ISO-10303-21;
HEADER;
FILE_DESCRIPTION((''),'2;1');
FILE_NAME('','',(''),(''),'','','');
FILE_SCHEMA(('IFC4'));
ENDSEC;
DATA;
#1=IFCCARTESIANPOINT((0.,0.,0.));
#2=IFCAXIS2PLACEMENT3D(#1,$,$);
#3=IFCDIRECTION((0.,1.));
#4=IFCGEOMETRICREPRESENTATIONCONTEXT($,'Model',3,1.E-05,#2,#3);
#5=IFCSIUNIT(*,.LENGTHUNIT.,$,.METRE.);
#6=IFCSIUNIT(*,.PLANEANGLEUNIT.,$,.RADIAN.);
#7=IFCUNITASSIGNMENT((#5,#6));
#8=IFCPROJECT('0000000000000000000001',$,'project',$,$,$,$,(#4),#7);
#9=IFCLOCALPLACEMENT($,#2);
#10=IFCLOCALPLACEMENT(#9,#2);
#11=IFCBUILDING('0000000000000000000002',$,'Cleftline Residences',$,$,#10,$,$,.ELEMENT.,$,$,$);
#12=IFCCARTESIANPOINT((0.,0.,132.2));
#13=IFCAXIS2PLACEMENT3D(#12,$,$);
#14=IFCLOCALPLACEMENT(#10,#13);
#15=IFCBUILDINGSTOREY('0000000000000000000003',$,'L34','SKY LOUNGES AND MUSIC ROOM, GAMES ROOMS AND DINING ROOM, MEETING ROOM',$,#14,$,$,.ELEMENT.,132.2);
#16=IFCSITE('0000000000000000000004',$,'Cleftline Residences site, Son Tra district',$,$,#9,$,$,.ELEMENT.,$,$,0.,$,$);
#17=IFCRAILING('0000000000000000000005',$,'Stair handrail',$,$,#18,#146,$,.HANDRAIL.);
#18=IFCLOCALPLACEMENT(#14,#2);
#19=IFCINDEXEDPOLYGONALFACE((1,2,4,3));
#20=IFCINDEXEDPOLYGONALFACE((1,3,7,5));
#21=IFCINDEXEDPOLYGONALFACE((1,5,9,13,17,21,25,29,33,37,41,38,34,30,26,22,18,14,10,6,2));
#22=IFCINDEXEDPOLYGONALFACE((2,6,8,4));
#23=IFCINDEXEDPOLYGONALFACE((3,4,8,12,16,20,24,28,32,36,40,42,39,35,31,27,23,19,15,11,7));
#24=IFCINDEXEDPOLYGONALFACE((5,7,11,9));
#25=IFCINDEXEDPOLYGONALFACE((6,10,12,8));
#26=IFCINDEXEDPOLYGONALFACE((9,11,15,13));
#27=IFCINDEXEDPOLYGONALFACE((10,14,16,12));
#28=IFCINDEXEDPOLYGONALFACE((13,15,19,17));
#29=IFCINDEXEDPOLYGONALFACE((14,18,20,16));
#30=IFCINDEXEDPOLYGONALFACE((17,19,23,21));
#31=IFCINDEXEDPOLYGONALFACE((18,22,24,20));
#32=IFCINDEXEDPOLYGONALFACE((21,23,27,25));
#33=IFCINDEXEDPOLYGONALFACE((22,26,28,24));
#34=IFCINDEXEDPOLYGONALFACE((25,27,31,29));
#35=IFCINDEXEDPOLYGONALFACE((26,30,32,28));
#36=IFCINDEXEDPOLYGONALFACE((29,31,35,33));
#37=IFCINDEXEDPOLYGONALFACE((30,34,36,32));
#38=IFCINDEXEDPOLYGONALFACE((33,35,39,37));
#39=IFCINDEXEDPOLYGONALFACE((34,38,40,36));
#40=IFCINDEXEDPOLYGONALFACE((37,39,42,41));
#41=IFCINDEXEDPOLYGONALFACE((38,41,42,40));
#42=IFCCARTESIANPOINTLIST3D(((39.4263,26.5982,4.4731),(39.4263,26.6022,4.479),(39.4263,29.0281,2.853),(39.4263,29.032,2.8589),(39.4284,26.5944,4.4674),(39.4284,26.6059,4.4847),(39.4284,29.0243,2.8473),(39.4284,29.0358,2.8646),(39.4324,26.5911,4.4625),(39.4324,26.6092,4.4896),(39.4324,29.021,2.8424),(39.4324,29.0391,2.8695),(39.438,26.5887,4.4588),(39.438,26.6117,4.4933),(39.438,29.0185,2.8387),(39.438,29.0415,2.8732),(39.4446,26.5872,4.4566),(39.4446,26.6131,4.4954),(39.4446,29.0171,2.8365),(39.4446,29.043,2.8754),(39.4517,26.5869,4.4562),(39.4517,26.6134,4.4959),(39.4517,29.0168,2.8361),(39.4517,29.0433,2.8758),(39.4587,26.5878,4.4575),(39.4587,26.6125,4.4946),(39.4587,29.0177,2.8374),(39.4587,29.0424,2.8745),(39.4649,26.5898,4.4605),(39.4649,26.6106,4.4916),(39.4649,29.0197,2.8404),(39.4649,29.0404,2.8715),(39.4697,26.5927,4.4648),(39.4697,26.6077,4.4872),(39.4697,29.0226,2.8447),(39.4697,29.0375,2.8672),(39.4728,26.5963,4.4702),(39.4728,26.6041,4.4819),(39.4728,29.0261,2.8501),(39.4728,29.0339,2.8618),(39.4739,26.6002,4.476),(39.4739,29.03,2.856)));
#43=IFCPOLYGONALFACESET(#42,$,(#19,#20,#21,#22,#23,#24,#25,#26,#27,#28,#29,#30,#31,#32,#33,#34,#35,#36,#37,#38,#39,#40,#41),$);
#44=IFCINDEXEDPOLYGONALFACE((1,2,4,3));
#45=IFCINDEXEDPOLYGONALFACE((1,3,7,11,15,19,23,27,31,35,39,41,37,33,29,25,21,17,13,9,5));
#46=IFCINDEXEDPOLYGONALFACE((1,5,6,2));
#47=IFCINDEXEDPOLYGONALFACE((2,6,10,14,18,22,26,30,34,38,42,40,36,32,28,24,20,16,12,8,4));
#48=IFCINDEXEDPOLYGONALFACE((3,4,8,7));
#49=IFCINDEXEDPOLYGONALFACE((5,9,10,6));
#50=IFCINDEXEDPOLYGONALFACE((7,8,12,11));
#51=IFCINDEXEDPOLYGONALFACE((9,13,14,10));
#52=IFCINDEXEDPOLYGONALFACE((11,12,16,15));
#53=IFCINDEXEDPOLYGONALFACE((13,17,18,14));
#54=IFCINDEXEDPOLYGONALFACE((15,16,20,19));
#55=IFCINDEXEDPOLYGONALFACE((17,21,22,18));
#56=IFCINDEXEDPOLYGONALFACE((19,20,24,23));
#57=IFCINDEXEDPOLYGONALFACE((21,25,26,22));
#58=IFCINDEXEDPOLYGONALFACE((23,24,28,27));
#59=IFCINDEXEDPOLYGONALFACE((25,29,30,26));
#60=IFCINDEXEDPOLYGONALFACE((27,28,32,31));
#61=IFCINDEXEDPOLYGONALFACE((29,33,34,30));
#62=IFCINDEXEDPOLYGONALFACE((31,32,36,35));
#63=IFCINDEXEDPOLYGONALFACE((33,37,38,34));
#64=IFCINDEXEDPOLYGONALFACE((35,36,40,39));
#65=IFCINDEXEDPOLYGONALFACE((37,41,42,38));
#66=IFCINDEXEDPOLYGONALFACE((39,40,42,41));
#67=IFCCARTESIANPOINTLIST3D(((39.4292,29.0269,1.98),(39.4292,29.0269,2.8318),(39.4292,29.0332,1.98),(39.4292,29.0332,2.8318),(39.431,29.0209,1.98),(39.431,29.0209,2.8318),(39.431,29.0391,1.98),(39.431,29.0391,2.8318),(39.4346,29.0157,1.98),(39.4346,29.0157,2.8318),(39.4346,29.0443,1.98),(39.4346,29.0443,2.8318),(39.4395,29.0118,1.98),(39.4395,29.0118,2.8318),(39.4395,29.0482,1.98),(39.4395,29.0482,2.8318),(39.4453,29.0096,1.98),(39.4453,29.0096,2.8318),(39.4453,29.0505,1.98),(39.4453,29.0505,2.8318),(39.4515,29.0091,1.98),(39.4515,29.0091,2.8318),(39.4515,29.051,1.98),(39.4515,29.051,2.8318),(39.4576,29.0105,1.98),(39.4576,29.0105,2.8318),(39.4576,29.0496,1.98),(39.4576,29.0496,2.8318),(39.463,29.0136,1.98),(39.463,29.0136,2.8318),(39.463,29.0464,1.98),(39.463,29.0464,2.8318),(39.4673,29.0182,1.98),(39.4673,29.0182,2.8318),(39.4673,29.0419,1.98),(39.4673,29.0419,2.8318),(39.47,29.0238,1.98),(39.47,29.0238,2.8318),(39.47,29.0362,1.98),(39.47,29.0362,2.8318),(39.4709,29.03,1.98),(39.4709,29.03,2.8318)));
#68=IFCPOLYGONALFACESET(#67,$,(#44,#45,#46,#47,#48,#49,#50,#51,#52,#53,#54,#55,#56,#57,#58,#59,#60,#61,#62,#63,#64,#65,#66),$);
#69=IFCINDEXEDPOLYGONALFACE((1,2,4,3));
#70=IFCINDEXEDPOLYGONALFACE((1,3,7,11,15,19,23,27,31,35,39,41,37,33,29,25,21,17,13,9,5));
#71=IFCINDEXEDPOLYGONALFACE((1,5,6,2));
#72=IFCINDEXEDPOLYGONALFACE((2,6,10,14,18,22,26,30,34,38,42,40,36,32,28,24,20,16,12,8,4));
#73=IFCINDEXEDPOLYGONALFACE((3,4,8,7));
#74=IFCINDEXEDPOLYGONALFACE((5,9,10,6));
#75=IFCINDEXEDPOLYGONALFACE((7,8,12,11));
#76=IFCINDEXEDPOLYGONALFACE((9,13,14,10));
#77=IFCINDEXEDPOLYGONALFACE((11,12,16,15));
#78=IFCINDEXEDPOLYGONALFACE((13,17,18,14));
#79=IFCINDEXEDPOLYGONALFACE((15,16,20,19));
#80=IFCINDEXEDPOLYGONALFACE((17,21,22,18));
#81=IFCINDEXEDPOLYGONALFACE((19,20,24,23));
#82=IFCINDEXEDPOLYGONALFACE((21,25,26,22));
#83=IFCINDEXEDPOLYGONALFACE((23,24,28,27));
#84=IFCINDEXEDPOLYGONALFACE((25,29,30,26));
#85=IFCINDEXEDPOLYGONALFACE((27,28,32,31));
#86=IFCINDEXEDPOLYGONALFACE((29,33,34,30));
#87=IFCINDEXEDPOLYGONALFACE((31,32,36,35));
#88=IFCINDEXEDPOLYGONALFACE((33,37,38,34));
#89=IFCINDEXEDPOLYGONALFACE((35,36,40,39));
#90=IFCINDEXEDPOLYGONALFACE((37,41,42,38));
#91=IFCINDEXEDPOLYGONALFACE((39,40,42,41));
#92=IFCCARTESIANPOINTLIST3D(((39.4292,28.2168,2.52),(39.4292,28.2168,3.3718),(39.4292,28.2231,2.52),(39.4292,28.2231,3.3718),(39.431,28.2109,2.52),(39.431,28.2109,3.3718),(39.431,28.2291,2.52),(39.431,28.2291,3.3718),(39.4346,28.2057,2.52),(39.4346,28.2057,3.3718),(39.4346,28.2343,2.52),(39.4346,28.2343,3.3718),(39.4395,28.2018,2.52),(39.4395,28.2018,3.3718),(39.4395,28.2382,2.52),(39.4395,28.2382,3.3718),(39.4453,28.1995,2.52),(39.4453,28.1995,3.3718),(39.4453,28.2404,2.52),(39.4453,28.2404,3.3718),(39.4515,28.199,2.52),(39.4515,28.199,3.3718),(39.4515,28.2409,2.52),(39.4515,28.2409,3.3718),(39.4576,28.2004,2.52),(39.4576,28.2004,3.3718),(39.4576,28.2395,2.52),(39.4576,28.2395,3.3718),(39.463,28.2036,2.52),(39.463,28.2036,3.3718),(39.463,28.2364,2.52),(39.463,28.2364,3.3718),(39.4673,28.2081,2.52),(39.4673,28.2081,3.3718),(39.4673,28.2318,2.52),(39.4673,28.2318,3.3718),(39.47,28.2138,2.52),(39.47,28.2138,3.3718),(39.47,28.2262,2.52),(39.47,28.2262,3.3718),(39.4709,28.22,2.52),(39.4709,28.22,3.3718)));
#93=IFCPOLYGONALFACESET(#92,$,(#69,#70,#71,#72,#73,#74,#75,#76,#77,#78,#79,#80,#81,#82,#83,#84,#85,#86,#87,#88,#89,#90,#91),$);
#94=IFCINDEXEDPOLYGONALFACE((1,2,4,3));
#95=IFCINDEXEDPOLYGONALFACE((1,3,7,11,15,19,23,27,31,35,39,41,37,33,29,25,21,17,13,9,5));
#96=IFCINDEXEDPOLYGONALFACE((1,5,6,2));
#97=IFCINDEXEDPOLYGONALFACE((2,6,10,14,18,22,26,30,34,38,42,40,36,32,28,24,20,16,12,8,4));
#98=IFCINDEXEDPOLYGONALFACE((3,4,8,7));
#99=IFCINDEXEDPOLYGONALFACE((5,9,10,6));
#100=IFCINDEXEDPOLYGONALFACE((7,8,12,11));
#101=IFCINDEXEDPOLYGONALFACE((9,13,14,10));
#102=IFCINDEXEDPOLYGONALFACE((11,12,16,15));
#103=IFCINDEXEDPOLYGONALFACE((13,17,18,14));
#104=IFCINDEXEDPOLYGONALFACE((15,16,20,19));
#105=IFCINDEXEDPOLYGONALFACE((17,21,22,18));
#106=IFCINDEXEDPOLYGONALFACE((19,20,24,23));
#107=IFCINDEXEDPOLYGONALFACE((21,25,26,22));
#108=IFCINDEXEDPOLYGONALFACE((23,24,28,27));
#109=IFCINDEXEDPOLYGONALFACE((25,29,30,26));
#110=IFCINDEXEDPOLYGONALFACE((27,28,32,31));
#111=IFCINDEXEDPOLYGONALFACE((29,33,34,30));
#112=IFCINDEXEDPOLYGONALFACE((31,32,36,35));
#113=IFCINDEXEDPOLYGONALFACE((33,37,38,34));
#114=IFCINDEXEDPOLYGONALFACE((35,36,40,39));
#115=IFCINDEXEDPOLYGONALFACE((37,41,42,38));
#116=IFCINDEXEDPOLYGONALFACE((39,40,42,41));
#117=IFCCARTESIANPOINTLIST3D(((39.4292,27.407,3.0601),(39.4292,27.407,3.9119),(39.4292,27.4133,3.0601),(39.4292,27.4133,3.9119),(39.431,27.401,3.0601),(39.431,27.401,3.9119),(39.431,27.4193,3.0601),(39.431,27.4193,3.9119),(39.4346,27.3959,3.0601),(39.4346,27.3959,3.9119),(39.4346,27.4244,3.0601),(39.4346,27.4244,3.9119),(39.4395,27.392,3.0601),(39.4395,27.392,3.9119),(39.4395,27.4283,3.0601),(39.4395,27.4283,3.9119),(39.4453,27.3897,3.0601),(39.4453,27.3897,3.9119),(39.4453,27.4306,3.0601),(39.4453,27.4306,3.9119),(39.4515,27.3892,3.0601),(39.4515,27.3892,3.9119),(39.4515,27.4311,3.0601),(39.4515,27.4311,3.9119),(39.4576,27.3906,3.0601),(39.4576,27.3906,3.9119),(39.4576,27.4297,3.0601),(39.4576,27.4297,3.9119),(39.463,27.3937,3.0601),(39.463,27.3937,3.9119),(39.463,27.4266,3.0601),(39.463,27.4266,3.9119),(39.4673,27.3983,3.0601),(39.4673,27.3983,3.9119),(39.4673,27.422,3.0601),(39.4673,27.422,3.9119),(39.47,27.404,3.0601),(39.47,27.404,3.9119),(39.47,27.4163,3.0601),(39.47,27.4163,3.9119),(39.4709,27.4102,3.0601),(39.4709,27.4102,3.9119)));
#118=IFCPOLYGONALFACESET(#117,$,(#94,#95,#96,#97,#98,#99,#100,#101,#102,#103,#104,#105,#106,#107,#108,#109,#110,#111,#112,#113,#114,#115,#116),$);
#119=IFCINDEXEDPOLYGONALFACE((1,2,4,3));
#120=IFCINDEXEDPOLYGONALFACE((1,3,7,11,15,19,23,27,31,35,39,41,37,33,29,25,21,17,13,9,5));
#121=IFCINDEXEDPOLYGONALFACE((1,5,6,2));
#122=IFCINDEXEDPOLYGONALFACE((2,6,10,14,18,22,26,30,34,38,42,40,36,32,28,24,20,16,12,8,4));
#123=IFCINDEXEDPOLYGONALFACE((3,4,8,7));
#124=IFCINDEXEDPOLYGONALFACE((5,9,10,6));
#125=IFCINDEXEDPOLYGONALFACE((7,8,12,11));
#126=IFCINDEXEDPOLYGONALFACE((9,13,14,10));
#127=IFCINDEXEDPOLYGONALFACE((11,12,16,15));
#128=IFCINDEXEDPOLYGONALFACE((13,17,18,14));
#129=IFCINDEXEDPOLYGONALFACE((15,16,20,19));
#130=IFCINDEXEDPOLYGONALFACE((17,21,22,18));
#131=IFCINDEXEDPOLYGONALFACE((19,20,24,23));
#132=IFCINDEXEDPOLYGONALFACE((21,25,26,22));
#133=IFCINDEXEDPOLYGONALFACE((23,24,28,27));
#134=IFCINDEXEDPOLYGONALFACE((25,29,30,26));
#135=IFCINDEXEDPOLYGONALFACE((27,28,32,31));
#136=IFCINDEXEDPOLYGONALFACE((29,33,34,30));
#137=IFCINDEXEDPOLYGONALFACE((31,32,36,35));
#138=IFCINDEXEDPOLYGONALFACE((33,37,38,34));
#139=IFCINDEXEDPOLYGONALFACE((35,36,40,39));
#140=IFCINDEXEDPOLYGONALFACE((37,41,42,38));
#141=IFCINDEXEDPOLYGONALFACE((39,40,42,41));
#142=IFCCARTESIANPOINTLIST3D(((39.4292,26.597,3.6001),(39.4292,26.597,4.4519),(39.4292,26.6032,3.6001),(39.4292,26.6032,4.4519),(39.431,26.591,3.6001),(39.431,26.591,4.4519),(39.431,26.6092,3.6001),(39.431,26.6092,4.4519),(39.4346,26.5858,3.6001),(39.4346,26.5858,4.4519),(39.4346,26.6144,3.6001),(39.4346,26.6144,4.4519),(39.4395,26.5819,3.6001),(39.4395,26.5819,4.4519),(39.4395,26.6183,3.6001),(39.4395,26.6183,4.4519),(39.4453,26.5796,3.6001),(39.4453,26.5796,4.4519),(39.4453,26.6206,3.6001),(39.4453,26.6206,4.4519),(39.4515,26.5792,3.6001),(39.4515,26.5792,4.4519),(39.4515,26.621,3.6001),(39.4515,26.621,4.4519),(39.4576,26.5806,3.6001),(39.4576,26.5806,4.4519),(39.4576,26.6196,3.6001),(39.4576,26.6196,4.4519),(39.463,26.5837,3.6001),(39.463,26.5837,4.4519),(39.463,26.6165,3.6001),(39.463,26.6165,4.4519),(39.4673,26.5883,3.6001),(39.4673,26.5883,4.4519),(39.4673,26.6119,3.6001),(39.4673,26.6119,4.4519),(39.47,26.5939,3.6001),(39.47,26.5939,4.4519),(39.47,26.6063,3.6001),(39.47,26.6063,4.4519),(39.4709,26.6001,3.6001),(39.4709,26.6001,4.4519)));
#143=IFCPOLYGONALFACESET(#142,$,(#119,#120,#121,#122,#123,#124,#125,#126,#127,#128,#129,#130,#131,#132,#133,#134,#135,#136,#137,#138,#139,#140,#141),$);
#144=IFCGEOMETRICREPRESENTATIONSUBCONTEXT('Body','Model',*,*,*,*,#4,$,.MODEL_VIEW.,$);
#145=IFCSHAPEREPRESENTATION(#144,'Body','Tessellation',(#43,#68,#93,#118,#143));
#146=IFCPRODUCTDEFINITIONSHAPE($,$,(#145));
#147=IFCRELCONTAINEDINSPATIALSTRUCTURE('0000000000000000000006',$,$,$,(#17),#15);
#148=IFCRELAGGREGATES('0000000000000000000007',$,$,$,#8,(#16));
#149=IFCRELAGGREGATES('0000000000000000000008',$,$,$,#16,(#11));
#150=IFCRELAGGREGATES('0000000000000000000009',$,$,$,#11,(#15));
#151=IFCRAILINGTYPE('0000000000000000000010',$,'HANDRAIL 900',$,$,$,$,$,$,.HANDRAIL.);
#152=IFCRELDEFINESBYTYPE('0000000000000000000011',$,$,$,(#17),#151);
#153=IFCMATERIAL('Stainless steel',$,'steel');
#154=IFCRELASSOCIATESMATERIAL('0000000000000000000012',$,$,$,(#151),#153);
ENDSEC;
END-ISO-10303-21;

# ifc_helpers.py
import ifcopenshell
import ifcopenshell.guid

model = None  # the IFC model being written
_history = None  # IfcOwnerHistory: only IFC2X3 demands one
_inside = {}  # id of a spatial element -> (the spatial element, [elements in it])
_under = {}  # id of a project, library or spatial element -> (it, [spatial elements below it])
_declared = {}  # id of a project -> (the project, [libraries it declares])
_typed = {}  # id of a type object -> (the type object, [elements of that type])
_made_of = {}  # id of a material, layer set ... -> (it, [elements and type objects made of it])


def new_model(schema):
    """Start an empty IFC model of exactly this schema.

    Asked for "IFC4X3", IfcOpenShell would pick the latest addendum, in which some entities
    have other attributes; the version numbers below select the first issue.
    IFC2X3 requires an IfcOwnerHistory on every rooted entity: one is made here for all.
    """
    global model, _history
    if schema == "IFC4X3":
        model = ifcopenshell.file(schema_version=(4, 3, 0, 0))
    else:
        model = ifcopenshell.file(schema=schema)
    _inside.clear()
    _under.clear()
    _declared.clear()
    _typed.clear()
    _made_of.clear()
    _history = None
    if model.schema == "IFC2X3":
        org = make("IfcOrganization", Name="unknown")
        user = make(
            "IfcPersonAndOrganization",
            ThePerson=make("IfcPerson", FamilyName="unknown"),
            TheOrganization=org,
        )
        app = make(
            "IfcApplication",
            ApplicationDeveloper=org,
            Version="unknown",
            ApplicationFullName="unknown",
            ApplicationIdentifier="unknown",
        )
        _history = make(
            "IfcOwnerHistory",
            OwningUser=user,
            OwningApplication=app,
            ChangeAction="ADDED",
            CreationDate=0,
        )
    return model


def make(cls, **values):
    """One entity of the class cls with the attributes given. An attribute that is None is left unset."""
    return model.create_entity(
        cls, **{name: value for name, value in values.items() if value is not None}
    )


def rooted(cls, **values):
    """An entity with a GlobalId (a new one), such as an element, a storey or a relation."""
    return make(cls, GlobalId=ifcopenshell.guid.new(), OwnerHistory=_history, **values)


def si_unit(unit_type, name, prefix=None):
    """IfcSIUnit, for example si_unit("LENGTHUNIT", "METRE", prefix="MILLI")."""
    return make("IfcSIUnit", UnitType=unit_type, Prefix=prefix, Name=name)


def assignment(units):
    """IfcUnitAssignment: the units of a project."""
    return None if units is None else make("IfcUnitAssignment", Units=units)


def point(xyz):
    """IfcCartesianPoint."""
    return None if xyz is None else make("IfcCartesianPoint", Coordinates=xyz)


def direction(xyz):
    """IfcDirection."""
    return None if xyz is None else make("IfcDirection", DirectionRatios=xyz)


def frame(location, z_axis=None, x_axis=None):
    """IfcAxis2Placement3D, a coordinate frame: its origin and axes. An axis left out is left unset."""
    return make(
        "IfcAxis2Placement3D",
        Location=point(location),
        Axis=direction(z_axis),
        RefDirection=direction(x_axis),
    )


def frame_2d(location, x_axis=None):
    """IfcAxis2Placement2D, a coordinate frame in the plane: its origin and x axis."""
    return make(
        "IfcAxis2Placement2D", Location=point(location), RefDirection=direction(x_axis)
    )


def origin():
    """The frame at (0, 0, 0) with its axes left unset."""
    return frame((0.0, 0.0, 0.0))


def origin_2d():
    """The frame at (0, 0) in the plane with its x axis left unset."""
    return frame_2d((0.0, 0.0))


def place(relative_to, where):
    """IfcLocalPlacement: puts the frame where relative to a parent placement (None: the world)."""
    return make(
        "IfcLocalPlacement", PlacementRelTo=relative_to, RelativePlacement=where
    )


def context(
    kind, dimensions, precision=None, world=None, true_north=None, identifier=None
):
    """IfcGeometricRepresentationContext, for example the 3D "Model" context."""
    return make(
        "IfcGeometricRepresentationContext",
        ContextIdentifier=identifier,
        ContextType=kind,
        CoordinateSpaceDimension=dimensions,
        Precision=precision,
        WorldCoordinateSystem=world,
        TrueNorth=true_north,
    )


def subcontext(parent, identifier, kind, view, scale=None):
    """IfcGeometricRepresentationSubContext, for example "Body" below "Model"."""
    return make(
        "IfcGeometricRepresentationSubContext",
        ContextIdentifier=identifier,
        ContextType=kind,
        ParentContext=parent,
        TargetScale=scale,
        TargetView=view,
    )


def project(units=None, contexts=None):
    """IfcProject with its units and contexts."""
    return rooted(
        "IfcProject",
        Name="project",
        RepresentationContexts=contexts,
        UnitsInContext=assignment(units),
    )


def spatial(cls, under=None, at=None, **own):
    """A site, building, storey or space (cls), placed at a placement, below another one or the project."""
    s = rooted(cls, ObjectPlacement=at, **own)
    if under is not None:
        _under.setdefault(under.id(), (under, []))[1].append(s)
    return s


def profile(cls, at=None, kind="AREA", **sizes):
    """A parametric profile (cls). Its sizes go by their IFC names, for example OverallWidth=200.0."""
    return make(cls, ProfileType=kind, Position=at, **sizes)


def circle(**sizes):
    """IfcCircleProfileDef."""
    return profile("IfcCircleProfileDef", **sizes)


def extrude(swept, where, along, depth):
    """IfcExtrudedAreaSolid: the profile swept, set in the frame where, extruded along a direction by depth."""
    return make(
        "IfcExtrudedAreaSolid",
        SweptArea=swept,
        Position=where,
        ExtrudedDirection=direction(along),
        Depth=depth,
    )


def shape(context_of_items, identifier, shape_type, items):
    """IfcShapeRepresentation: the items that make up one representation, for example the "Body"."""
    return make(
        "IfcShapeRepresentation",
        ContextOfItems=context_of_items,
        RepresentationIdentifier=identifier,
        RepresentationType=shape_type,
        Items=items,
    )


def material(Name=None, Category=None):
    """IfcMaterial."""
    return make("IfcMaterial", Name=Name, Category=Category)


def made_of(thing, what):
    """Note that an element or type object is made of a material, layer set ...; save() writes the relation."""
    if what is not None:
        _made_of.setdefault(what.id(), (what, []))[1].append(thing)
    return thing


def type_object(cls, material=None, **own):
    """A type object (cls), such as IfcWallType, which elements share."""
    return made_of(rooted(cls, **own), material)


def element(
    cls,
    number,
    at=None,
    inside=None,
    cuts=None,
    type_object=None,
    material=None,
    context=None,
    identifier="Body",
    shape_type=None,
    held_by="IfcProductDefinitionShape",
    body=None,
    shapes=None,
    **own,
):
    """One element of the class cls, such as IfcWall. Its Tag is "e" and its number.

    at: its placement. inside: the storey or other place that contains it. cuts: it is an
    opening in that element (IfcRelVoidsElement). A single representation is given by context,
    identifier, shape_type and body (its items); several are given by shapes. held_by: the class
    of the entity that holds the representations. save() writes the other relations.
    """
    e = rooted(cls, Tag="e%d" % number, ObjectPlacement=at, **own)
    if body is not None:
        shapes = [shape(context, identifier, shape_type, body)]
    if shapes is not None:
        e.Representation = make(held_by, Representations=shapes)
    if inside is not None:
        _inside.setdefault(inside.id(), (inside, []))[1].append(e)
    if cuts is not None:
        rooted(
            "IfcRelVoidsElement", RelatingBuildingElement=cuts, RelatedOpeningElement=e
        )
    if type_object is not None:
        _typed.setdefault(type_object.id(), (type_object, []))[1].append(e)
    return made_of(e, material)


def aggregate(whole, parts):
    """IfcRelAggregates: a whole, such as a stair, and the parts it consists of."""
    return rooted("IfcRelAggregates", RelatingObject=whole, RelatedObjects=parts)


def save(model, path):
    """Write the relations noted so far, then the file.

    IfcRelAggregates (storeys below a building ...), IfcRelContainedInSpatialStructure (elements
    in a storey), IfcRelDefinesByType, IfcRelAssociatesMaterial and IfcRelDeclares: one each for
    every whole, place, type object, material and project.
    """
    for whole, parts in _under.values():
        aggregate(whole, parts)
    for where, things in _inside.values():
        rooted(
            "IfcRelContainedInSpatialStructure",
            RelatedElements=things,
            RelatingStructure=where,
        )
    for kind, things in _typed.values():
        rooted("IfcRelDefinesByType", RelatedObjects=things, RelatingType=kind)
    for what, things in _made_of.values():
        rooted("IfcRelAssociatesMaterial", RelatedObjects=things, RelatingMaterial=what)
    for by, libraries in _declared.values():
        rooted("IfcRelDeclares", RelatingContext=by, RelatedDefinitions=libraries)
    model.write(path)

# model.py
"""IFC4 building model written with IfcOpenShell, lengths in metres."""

from ifc_helpers import new_model, si_unit, direction, frame, origin, origin_2d, place, context, subcontext, project, spatial, circle, extrude, material, type_object, element, save


model = new_model("IFC4")

# Units and contexts
model_context = context("Model", 3, precision=1e-05, world=origin(), true_north=direction((0.0, 1.0)))
body_context = subcontext(model_context, "Body", "Model", "MODEL_VIEW")
ifc_project = project(units=[si_unit("LENGTHUNIT", "METRE"), si_unit("PLANEANGLEUNIT", "RADIAN")], contexts=[model_context])

# Site, building, storey
site_placement = place(None, origin())
site = spatial("IfcSite", under=ifc_project, at=site_placement, Name="Cleftline Residences site, Son Tra district", CompositionType="ELEMENT", RefElevation=0.0)
building_placement = place(site_placement, origin())
building = spatial("IfcBuilding", under=site, at=building_placement, Name="Cleftline Residences", CompositionType="ELEMENT")
storey_placement = place(building_placement, frame((0.0, 0.0, 132.2)))
storey = spatial("IfcBuildingStorey", under=building, at=storey_placement, Name="L34", Description="SKY LOUNGES AND MUSIC ROOM, GAMES ROOMS AND DINING ROOM, MEETING ROOM", CompositionType="ELEMENT", Elevation=132.2)

# Railing
ifc_material_1 = material(Name="Stainless steel", Category="steel")
railing_type = type_object("IfcRailingType", Name="HANDRAIL 900", PredefinedType="HANDRAIL", material=ifc_material_1)
railing_1_placement = place(storey_placement, frame((39.45, 29.03, 1.98)))
element("IfcRailing", 1, at=railing_1_placement, inside=storey, type_object=railing_type, Name="Stair handrail", PredefinedType="HANDRAIL", context=body_context, shape_type="SweptSolid", body=[
    extrude(circle(Radius=0.0239, at=origin_2d()), frame((0.0, 0.0, 0.876), z_axis=(0.0, -0.832025, 0.554739), x_axis=(1.0, 0.0, 0.0)), (0.0, 0.0, 1.0), 2.9204),
    extrude(circle(Radius=0.021, at=origin_2d()), origin(), (0.0, 0.0, 1.0), 0.8518),
    extrude(circle(Radius=0.021, at=origin_2d()), frame((0.0, -0.8101, 0.54)), (0.0, 0.0, 1.0), 0.8518),
    extrude(circle(Radius=0.021, at=origin_2d()), frame((0.0, -1.6199, 1.0801)), (0.0, 0.0, 1.0), 0.8518),
    extrude(circle(Radius=0.021, at=origin_2d()), frame((0.0, -2.4299, 1.6201)), (0.0, 0.0, 1.0), 0.8518),
])

save(model, "model.ifc")
